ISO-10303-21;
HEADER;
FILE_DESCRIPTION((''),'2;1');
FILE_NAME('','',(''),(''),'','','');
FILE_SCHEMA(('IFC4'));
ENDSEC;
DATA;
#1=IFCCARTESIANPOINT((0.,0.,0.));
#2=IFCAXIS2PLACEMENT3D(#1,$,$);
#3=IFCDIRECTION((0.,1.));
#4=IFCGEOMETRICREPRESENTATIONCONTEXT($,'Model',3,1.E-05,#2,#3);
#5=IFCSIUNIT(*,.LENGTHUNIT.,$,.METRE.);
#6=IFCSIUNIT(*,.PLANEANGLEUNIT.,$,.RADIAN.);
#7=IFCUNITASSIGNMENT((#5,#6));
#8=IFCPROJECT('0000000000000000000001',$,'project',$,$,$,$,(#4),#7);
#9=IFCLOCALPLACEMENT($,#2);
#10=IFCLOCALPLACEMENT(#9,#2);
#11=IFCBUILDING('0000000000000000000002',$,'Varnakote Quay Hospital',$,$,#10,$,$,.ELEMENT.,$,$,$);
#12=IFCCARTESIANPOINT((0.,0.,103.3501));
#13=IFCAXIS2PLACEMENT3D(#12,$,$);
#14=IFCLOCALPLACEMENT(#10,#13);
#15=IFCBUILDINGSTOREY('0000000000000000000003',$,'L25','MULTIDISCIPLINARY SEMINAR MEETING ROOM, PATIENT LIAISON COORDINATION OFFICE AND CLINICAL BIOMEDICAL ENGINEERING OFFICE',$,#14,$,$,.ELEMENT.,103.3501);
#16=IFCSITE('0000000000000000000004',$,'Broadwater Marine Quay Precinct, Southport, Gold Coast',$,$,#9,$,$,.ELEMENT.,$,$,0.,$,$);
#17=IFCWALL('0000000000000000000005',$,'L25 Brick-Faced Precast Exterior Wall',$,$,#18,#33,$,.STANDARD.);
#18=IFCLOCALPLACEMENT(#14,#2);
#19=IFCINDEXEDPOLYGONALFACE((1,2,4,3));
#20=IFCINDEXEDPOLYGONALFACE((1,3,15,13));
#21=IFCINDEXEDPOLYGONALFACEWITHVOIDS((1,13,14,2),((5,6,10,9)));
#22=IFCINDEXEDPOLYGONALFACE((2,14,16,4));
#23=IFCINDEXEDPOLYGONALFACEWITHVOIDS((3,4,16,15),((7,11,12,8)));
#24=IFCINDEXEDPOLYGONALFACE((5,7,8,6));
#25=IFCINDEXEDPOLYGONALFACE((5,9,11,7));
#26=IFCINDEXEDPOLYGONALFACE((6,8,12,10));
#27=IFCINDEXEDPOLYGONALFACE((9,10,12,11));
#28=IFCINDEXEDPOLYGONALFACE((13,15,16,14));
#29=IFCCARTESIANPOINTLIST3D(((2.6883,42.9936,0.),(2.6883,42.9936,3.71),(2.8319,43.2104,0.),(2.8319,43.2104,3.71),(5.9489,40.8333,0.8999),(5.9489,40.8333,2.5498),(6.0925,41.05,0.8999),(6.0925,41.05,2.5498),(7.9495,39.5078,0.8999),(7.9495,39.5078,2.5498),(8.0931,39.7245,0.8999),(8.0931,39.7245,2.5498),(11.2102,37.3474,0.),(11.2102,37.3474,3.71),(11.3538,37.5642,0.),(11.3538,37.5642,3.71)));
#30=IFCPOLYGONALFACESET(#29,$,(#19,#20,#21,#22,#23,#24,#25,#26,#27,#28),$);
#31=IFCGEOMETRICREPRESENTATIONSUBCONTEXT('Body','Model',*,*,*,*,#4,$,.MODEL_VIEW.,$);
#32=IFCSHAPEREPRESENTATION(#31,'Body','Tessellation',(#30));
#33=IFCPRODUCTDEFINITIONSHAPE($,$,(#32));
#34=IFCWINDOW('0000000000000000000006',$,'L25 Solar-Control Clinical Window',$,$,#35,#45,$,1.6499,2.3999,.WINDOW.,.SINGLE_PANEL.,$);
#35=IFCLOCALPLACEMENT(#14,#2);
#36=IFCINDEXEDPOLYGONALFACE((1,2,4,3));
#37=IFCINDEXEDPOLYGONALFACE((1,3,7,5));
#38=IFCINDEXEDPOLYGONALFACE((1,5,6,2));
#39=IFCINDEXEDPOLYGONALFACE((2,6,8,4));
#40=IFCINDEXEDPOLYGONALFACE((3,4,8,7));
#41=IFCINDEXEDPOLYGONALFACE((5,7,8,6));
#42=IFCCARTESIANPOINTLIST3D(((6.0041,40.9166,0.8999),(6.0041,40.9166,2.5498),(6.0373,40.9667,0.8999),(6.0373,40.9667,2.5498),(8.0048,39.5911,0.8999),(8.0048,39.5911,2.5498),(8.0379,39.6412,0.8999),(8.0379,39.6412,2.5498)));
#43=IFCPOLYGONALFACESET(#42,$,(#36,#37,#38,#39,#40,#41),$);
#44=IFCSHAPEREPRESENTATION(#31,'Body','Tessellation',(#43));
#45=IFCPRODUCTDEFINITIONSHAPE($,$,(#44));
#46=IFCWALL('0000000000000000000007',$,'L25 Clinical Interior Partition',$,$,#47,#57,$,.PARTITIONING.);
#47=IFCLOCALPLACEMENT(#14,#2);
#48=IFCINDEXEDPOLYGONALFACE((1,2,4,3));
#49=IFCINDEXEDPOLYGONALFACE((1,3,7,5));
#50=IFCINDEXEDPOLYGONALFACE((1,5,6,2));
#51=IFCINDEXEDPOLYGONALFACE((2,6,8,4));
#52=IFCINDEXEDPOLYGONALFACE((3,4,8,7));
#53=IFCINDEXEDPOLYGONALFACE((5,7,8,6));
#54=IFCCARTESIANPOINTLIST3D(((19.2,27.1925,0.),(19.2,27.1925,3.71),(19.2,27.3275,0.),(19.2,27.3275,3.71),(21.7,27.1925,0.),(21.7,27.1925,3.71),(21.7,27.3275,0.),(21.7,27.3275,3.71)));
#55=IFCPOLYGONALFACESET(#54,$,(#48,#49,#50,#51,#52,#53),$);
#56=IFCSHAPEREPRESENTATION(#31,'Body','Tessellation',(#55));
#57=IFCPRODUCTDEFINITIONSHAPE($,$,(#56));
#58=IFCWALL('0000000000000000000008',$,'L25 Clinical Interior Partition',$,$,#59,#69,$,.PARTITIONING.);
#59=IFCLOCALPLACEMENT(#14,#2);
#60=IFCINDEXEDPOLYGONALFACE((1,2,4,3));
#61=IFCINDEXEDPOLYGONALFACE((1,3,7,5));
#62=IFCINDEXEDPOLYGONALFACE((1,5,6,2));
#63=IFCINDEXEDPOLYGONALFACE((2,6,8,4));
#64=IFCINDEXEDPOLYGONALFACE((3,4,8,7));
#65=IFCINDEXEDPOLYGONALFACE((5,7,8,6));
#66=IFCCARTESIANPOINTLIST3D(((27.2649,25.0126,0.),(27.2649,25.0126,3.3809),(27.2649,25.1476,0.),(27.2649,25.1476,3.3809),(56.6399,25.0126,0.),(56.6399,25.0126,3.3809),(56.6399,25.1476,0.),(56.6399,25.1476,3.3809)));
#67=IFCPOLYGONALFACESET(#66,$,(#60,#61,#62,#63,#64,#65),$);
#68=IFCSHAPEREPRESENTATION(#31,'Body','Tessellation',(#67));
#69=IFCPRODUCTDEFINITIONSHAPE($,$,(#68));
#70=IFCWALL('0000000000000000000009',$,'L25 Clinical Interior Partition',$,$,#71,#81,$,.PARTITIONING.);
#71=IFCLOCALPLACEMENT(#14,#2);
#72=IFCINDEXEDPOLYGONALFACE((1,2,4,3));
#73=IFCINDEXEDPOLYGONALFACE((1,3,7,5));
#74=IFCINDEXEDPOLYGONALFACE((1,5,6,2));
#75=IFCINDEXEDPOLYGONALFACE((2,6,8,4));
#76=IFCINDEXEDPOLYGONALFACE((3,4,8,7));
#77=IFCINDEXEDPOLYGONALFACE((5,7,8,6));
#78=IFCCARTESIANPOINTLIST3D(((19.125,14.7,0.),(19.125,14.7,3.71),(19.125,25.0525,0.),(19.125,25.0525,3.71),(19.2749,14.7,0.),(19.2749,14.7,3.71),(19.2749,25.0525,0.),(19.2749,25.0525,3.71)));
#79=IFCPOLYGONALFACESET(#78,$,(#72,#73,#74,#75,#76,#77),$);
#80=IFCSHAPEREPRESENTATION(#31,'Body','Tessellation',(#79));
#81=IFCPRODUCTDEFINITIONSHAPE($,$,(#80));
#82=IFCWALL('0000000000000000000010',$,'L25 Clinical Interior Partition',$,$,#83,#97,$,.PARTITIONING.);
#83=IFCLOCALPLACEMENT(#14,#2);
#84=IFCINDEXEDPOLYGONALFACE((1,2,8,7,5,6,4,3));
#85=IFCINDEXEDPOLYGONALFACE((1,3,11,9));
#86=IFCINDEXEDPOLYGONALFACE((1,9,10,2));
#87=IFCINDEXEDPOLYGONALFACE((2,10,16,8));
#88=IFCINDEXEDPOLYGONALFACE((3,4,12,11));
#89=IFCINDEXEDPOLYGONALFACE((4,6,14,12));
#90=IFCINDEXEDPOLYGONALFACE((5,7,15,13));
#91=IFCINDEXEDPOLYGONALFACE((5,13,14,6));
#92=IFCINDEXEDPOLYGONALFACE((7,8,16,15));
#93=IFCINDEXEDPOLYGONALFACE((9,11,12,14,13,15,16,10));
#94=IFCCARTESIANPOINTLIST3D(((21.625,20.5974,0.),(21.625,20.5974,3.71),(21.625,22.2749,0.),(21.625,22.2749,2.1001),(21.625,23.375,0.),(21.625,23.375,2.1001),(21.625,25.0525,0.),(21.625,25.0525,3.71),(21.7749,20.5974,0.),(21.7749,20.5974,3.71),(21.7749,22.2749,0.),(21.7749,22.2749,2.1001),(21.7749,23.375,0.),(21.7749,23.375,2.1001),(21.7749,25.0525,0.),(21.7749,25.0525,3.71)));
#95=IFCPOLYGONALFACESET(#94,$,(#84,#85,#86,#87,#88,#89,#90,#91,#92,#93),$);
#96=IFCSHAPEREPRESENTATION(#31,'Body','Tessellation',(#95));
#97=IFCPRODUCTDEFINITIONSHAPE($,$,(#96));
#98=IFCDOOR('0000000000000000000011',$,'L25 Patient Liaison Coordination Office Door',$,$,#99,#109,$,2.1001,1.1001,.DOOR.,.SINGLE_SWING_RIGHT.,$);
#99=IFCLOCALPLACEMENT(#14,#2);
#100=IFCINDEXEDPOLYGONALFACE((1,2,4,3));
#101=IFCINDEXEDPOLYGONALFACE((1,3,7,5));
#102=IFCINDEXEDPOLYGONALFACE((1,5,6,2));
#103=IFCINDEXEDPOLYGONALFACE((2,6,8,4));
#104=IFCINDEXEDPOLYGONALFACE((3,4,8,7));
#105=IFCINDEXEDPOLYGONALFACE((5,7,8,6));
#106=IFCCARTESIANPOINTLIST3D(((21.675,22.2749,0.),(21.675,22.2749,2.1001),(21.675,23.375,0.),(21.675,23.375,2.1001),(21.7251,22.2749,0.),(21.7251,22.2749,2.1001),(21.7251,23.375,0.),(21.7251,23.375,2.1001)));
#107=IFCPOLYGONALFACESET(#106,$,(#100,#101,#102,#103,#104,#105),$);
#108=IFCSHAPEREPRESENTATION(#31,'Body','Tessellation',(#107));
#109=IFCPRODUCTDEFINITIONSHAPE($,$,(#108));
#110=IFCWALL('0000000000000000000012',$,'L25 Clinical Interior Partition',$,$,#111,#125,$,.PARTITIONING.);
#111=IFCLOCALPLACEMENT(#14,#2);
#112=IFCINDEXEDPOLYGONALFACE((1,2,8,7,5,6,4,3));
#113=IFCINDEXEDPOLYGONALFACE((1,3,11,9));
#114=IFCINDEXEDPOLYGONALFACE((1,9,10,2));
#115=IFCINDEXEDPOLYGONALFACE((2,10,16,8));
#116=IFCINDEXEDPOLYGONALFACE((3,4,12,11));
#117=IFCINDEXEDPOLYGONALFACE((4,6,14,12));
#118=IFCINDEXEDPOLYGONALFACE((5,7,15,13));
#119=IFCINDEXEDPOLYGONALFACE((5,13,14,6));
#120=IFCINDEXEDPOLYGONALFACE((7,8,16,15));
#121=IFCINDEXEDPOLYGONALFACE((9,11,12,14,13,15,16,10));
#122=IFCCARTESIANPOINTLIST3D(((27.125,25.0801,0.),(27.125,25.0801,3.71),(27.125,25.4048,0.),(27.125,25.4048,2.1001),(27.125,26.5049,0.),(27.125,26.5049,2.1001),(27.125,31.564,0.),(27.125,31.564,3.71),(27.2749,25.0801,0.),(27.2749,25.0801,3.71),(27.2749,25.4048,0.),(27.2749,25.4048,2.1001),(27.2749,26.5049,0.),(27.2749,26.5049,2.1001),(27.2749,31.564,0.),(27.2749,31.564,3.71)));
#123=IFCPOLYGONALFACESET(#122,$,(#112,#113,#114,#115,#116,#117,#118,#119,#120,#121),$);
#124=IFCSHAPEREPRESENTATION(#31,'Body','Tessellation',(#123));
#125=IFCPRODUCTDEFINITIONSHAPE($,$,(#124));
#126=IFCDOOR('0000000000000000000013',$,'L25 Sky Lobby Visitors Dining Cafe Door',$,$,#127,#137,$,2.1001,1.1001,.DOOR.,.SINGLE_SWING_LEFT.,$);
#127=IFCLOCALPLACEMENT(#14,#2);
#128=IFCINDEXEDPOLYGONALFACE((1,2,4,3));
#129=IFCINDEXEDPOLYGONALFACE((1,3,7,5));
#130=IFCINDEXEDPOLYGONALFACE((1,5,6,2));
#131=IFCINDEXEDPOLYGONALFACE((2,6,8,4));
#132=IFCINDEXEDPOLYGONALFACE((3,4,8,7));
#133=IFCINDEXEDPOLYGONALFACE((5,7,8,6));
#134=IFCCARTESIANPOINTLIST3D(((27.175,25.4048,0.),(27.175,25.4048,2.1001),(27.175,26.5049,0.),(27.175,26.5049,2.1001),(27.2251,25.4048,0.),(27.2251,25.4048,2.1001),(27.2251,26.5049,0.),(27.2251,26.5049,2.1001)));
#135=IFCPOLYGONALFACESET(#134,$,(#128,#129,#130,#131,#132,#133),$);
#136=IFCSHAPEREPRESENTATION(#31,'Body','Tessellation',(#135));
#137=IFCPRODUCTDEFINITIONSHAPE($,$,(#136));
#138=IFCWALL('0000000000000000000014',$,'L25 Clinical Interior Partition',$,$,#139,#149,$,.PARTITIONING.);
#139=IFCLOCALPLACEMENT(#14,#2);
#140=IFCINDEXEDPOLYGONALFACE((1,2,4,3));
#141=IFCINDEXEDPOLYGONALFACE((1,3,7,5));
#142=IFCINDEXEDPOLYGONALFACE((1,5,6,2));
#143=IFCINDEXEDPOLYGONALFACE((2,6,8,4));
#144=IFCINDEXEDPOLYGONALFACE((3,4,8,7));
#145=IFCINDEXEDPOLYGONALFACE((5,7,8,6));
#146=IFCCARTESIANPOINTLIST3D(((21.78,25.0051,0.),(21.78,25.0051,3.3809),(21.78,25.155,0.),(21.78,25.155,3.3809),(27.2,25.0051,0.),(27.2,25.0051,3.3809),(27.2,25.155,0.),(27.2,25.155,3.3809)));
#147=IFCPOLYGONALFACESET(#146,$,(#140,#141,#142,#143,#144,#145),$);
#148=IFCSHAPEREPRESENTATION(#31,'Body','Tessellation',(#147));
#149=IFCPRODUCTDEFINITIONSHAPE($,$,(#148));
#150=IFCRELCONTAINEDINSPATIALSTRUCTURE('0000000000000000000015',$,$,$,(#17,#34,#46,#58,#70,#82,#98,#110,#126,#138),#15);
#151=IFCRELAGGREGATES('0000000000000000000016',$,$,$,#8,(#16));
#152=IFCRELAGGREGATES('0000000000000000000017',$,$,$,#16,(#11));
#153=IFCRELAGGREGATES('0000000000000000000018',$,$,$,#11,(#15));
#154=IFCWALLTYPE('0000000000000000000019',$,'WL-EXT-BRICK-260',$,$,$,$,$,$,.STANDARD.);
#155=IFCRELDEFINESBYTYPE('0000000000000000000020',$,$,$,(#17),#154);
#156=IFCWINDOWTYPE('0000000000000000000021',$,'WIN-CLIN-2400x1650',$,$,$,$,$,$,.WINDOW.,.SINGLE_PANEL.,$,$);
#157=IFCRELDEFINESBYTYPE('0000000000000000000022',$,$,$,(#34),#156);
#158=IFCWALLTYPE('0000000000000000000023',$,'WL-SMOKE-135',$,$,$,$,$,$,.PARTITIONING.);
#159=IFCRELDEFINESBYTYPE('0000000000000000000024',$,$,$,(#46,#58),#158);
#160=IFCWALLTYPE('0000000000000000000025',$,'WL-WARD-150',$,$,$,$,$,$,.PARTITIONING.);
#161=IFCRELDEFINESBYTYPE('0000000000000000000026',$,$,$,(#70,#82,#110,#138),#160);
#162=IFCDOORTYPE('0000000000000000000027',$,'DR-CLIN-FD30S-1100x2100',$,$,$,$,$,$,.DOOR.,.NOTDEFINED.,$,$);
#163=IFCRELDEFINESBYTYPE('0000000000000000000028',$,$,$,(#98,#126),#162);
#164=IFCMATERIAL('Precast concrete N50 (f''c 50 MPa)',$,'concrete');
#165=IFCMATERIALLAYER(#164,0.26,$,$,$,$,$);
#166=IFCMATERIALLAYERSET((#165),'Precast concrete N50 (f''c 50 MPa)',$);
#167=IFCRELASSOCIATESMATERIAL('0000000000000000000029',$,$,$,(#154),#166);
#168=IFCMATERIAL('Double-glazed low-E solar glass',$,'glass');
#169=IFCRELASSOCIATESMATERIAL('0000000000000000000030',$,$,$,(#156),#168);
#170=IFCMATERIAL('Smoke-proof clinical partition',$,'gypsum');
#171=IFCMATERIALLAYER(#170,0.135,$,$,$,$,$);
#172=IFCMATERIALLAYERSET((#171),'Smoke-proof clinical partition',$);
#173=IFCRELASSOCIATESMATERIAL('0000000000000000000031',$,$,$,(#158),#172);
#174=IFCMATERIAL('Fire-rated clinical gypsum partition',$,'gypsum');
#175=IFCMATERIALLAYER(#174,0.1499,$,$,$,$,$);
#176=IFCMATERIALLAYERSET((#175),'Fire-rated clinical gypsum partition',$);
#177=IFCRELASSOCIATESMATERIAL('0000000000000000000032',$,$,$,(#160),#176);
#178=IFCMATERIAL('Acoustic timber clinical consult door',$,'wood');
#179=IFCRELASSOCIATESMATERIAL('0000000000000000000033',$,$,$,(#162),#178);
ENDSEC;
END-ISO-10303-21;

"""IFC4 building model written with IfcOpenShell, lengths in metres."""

from ifc_helpers import new_model, si_unit, direction, frame, frame_2d, origin, place, context, subcontext, project, spatial, rectangle, extrude, material, layer, layer_set, type_object, element, fill, save


model = new_model("IFC4")

# Units and contexts
model_context = context("Model", 3, precision=1e-05, world=origin(), true_north=direction((0.0, 1.0)))
body_context = subcontext(model_context, "Body", "Model", "MODEL_VIEW")
ifc_project = project(units=[si_unit("LENGTHUNIT", "METRE"), si_unit("PLANEANGLEUNIT", "RADIAN")], contexts=[model_context])

# Site, building, storey
site_placement = place(None, origin())
site = spatial("IfcSite", under=ifc_project, at=site_placement, Name="Broadwater Marine Quay Precinct, Southport, Gold Coast", CompositionType="ELEMENT", RefElevation=0.0)
building_placement = place(site_placement, origin())
building = spatial("IfcBuilding", under=site, at=building_placement, Name="Varnakote Quay Hospital", CompositionType="ELEMENT")
storey_placement = place(building_placement, frame((0.0, 0.0, 103.3501)))
storey = spatial("IfcBuildingStorey", under=building, at=storey_placement, Name="L25", Description="MULTIDISCIPLINARY SEMINAR MEETING ROOM, PATIENT LIAISON COORDINATION OFFICE AND CLINICAL BIOMEDICAL ENGINEERING OFFICE", CompositionType="ELEMENT", Elevation=103.3501)

# Wall, opening, window
ifc_material_1 = material(Name="Precast concrete N50 (f'c 50 MPa)", Category="concrete")
ifc_layer_1 = layer(ifc_material_1, 0.26)
ifc_layer_set_1 = layer_set([ifc_layer_1], Name="Precast concrete N50 (f'c 50 MPa)")
wall_type_1 = type_object("IfcWallType", Name="WL-EXT-BRICK-260", PredefinedType="STANDARD", material=ifc_layer_set_1)
ifc_material_2 = material(Name="Double-glazed low-E solar glass", Category="glass")
window_type = type_object("IfcWindowType", Name="WIN-CLIN-2400x1650", PartitioningType="SINGLE_PANEL", PredefinedType="WINDOW", material=ifc_material_2)
wall_1_placement = place(storey_placement, frame((11.282, 37.4558, 0.0), z_axis=(0.0, 0.0, 1.0), x_axis=(-0.83363, 0.552323, 0.0)))
wall_1 = element("IfcWall", 1, at=wall_1_placement, inside=storey, type_object=wall_type_1, Name="L25 Brick-Faced Precast Exterior Wall", PredefinedType="STANDARD", context=body_context, shape_type="SweptSolid", body=[
    extrude(rectangle(XDim=10.2227, YDim=0.26, at=frame_2d((5.1113, 0.0))), origin(), (0.0, 0.0, 1.0), 3.71),
])
opening_1_placement = place(wall_1_placement, frame((3.9114, 0.0, 0.8999)))
opening_1 = element("IfcOpeningElement", 2, at=opening_1_placement, cuts=wall_1, PredefinedType="OPENING", context=body_context, shape_type="SweptSolid", body=[
    extrude(rectangle(XDim=2.3999, YDim=1.6499, at=frame_2d((1.2, 0.825))), frame((0.0, 0.1399, 0.0), z_axis=(0.0, -1.0, 0.0), x_axis=(1.0, 0.0, 0.0)), (0.0, 0.0, 1.0), 0.28),
])
window_1_placement = place(opening_1_placement, origin())
window_1 = element("IfcWindow", 3, at=window_1_placement, inside=storey, type_object=window_type, Name="L25 Solar-Control Clinical Window", OverallHeight=1.6499, OverallWidth=2.3999, PartitioningType="SINGLE_PANEL", PredefinedType="WINDOW", context=body_context, shape_type="SweptSolid", body=[
    extrude(rectangle(XDim=2.3999, YDim=1.6499, at=frame_2d((1.2, 0.825))), frame((0.0, 0.03, 0.0), z_axis=(0.0, -1.0, 0.0), x_axis=(1.0, 0.0, 0.0)), (0.0, 0.0, 1.0), 0.0601),
])
fill(opening_1, window_1)

# Walls
ifc_material_3 = material(Name="Smoke-proof clinical partition", Category="gypsum")
ifc_layer_2 = layer(ifc_material_3, 0.135)
ifc_layer_set_2 = layer_set([ifc_layer_2], Name="Smoke-proof clinical partition")
wall_type_2 = type_object("IfcWallType", Name="WL-SMOKE-135", PredefinedType="PARTITIONING", material=ifc_layer_set_2)
wall_2_placement = place(storey_placement, frame((21.7, 27.26, 0.0), z_axis=(0.0, 0.0, 1.0), x_axis=(-1.0, 0.0, 0.0)))
element("IfcWall", 4, at=wall_2_placement, inside=storey, type_object=wall_type_2, Name="L25 Clinical Interior Partition", PredefinedType="PARTITIONING", context=body_context, shape_type="SweptSolid", body=[
    extrude(rectangle(XDim=2.5, YDim=0.135, at=frame_2d((1.25, 0.0))), origin(), (0.0, 0.0, 1.0), 3.71),
])
wall_3_placement = place(storey_placement, frame((27.2649, 25.0801, 0.0), z_axis=(0.0, 0.0, 1.0), x_axis=(1.0, 0.0, 0.0)))
element("IfcWall", 5, at=wall_3_placement, inside=storey, type_object=wall_type_2, Name="L25 Clinical Interior Partition", PredefinedType="PARTITIONING", context=body_context, shape_type="SweptSolid", body=[
    extrude(rectangle(XDim=29.375, YDim=0.135, at=frame_2d((14.6875, 0.0))), origin(), (0.0, 0.0, 1.0), 3.3809),
])
ifc_material_4 = material(Name="Fire-rated clinical gypsum partition", Category="gypsum")
ifc_layer_3 = layer(ifc_material_4, 0.1499)
ifc_layer_set_3 = layer_set([ifc_layer_3], Name="Fire-rated clinical gypsum partition")
wall_type_3 = type_object("IfcWallType", Name="WL-WARD-150", PredefinedType="PARTITIONING", material=ifc_layer_set_3)
wall_4_placement = place(storey_placement, frame((19.2, 25.0525, 0.0), z_axis=(0.0, 0.0, 1.0), x_axis=(0.0, -1.0, 0.0)))
element("IfcWall", 6, at=wall_4_placement, inside=storey, type_object=wall_type_3, Name="L25 Clinical Interior Partition", PredefinedType="PARTITIONING", context=body_context, shape_type="SweptSolid", body=[
    extrude(rectangle(XDim=10.3525, YDim=0.1499, at=frame_2d((5.1763, 0.0))), origin(), (0.0, 0.0, 1.0), 3.71),
])

# Walls, openings, doors
wall_5_placement = place(storey_placement, frame((21.7, 20.5974, 0.0), z_axis=(0.0, 0.0, 1.0), x_axis=(0.0, 1.0, 0.0)))
wall_5 = element("IfcWall", 7, at=wall_5_placement, inside=storey, type_object=wall_type_3, Name="L25 Clinical Interior Partition", PredefinedType="PARTITIONING", context=body_context, shape_type="SweptSolid", body=[
    extrude(rectangle(XDim=4.4551, YDim=0.1499, at=frame_2d((2.2275, 0.0))), origin(), (0.0, 0.0, 1.0), 3.71),
])
opening_2_placement = place(wall_5_placement, frame((1.6775, 0.0, 0.0)))
opening_2 = element("IfcOpeningElement", 8, at=opening_2_placement, cuts=wall_5, PredefinedType="OPENING", context=body_context, shape_type="SweptSolid", body=[
    extrude(rectangle(XDim=1.1001, YDim=2.1001, at=frame_2d((0.55, 1.05))), frame((0.0, 0.085, 0.0), z_axis=(0.0, -1.0, 0.0), x_axis=(1.0, 0.0, 0.0)), (0.0, 0.0, 1.0), 0.1699),
])
ifc_material_5 = material(Name="Acoustic timber clinical consult door", Category="wood")
door_type = type_object("IfcDoorType", Name="DR-CLIN-FD30S-1100x2100", OperationType="NOTDEFINED", PredefinedType="DOOR", material=ifc_material_5)
door_1_placement = place(opening_2_placement, origin())
door_1 = element("IfcDoor", 9, at=door_1_placement, inside=storey, type_object=door_type, Name="L25 Patient Liaison Coordination Office Door", OperationType="SINGLE_SWING_RIGHT", OverallHeight=2.1001, OverallWidth=1.1001, PredefinedType="DOOR", context=body_context, shape_type="SweptSolid", body=[
    extrude(rectangle(XDim=1.1001, YDim=2.1001, at=frame_2d((0.55, 1.05))), frame((0.0, 0.0249, 0.0), z_axis=(0.0, -1.0, 0.0), x_axis=(1.0, 0.0, 0.0)), (0.0, 0.0, 1.0), 0.05),
])
fill(opening_2, door_1)
wall_6_placement = place(storey_placement, frame((27.2, 25.0801, 0.0), z_axis=(0.0, 0.0, 1.0), x_axis=(0.0, 1.0, 0.0)))
wall_6 = element("IfcWall", 10, at=wall_6_placement, inside=storey, type_object=wall_type_3, Name="L25 Clinical Interior Partition", PredefinedType="PARTITIONING", context=body_context, shape_type="SweptSolid", body=[
    extrude(rectangle(XDim=6.4839, YDim=0.1499, at=frame_2d((3.2419, 0.0))), origin(), (0.0, 0.0, 1.0), 3.71),
])
opening_3_placement = place(wall_6_placement, frame((0.3247, 0.0, 0.0)))
opening_3 = element("IfcOpeningElement", 11, at=opening_3_placement, cuts=wall_6, PredefinedType="OPENING", context=body_context, shape_type="SweptSolid", body=[
    extrude(rectangle(XDim=1.1001, YDim=2.1001, at=frame_2d((0.55, 1.05))), frame((0.0, 0.085, 0.0), z_axis=(0.0, -1.0, 0.0), x_axis=(1.0, 0.0, 0.0)), (0.0, 0.0, 1.0), 0.1699),
])
door_2_placement = place(opening_3_placement, origin())
door_2 = element("IfcDoor", 12, at=door_2_placement, inside=storey, type_object=door_type, Name="L25 Sky Lobby Visitors Dining Cafe Door", OperationType="SINGLE_SWING_LEFT", OverallHeight=2.1001, OverallWidth=1.1001, PredefinedType="DOOR", context=body_context, shape_type="SweptSolid", body=[
    extrude(rectangle(XDim=1.1001, YDim=2.1001, at=frame_2d((0.55, 1.05))), frame((0.0, 0.0249, 0.0), z_axis=(0.0, -1.0, 0.0), x_axis=(1.0, 0.0, 0.0)), (0.0, 0.0, 1.0), 0.05),
])
fill(opening_3, door_2)

# Wall
wall_7_placement = place(storey_placement, frame((21.78, 25.0801, 0.0), z_axis=(0.0, 0.0, 1.0), x_axis=(1.0, 0.0, 0.0)))
element("IfcWall", 13, at=wall_7_placement, inside=storey, type_object=wall_type_3, Name="L25 Clinical Interior Partition", PredefinedType="PARTITIONING", context=body_context, shape_type="SweptSolid", body=[
    extrude(rectangle(XDim=5.4199, YDim=0.1499, at=frame_2d((2.71, 0.0))), origin(), (0.0, 0.0, 1.0), 3.3809),
])

save(model, "model.ifc")
